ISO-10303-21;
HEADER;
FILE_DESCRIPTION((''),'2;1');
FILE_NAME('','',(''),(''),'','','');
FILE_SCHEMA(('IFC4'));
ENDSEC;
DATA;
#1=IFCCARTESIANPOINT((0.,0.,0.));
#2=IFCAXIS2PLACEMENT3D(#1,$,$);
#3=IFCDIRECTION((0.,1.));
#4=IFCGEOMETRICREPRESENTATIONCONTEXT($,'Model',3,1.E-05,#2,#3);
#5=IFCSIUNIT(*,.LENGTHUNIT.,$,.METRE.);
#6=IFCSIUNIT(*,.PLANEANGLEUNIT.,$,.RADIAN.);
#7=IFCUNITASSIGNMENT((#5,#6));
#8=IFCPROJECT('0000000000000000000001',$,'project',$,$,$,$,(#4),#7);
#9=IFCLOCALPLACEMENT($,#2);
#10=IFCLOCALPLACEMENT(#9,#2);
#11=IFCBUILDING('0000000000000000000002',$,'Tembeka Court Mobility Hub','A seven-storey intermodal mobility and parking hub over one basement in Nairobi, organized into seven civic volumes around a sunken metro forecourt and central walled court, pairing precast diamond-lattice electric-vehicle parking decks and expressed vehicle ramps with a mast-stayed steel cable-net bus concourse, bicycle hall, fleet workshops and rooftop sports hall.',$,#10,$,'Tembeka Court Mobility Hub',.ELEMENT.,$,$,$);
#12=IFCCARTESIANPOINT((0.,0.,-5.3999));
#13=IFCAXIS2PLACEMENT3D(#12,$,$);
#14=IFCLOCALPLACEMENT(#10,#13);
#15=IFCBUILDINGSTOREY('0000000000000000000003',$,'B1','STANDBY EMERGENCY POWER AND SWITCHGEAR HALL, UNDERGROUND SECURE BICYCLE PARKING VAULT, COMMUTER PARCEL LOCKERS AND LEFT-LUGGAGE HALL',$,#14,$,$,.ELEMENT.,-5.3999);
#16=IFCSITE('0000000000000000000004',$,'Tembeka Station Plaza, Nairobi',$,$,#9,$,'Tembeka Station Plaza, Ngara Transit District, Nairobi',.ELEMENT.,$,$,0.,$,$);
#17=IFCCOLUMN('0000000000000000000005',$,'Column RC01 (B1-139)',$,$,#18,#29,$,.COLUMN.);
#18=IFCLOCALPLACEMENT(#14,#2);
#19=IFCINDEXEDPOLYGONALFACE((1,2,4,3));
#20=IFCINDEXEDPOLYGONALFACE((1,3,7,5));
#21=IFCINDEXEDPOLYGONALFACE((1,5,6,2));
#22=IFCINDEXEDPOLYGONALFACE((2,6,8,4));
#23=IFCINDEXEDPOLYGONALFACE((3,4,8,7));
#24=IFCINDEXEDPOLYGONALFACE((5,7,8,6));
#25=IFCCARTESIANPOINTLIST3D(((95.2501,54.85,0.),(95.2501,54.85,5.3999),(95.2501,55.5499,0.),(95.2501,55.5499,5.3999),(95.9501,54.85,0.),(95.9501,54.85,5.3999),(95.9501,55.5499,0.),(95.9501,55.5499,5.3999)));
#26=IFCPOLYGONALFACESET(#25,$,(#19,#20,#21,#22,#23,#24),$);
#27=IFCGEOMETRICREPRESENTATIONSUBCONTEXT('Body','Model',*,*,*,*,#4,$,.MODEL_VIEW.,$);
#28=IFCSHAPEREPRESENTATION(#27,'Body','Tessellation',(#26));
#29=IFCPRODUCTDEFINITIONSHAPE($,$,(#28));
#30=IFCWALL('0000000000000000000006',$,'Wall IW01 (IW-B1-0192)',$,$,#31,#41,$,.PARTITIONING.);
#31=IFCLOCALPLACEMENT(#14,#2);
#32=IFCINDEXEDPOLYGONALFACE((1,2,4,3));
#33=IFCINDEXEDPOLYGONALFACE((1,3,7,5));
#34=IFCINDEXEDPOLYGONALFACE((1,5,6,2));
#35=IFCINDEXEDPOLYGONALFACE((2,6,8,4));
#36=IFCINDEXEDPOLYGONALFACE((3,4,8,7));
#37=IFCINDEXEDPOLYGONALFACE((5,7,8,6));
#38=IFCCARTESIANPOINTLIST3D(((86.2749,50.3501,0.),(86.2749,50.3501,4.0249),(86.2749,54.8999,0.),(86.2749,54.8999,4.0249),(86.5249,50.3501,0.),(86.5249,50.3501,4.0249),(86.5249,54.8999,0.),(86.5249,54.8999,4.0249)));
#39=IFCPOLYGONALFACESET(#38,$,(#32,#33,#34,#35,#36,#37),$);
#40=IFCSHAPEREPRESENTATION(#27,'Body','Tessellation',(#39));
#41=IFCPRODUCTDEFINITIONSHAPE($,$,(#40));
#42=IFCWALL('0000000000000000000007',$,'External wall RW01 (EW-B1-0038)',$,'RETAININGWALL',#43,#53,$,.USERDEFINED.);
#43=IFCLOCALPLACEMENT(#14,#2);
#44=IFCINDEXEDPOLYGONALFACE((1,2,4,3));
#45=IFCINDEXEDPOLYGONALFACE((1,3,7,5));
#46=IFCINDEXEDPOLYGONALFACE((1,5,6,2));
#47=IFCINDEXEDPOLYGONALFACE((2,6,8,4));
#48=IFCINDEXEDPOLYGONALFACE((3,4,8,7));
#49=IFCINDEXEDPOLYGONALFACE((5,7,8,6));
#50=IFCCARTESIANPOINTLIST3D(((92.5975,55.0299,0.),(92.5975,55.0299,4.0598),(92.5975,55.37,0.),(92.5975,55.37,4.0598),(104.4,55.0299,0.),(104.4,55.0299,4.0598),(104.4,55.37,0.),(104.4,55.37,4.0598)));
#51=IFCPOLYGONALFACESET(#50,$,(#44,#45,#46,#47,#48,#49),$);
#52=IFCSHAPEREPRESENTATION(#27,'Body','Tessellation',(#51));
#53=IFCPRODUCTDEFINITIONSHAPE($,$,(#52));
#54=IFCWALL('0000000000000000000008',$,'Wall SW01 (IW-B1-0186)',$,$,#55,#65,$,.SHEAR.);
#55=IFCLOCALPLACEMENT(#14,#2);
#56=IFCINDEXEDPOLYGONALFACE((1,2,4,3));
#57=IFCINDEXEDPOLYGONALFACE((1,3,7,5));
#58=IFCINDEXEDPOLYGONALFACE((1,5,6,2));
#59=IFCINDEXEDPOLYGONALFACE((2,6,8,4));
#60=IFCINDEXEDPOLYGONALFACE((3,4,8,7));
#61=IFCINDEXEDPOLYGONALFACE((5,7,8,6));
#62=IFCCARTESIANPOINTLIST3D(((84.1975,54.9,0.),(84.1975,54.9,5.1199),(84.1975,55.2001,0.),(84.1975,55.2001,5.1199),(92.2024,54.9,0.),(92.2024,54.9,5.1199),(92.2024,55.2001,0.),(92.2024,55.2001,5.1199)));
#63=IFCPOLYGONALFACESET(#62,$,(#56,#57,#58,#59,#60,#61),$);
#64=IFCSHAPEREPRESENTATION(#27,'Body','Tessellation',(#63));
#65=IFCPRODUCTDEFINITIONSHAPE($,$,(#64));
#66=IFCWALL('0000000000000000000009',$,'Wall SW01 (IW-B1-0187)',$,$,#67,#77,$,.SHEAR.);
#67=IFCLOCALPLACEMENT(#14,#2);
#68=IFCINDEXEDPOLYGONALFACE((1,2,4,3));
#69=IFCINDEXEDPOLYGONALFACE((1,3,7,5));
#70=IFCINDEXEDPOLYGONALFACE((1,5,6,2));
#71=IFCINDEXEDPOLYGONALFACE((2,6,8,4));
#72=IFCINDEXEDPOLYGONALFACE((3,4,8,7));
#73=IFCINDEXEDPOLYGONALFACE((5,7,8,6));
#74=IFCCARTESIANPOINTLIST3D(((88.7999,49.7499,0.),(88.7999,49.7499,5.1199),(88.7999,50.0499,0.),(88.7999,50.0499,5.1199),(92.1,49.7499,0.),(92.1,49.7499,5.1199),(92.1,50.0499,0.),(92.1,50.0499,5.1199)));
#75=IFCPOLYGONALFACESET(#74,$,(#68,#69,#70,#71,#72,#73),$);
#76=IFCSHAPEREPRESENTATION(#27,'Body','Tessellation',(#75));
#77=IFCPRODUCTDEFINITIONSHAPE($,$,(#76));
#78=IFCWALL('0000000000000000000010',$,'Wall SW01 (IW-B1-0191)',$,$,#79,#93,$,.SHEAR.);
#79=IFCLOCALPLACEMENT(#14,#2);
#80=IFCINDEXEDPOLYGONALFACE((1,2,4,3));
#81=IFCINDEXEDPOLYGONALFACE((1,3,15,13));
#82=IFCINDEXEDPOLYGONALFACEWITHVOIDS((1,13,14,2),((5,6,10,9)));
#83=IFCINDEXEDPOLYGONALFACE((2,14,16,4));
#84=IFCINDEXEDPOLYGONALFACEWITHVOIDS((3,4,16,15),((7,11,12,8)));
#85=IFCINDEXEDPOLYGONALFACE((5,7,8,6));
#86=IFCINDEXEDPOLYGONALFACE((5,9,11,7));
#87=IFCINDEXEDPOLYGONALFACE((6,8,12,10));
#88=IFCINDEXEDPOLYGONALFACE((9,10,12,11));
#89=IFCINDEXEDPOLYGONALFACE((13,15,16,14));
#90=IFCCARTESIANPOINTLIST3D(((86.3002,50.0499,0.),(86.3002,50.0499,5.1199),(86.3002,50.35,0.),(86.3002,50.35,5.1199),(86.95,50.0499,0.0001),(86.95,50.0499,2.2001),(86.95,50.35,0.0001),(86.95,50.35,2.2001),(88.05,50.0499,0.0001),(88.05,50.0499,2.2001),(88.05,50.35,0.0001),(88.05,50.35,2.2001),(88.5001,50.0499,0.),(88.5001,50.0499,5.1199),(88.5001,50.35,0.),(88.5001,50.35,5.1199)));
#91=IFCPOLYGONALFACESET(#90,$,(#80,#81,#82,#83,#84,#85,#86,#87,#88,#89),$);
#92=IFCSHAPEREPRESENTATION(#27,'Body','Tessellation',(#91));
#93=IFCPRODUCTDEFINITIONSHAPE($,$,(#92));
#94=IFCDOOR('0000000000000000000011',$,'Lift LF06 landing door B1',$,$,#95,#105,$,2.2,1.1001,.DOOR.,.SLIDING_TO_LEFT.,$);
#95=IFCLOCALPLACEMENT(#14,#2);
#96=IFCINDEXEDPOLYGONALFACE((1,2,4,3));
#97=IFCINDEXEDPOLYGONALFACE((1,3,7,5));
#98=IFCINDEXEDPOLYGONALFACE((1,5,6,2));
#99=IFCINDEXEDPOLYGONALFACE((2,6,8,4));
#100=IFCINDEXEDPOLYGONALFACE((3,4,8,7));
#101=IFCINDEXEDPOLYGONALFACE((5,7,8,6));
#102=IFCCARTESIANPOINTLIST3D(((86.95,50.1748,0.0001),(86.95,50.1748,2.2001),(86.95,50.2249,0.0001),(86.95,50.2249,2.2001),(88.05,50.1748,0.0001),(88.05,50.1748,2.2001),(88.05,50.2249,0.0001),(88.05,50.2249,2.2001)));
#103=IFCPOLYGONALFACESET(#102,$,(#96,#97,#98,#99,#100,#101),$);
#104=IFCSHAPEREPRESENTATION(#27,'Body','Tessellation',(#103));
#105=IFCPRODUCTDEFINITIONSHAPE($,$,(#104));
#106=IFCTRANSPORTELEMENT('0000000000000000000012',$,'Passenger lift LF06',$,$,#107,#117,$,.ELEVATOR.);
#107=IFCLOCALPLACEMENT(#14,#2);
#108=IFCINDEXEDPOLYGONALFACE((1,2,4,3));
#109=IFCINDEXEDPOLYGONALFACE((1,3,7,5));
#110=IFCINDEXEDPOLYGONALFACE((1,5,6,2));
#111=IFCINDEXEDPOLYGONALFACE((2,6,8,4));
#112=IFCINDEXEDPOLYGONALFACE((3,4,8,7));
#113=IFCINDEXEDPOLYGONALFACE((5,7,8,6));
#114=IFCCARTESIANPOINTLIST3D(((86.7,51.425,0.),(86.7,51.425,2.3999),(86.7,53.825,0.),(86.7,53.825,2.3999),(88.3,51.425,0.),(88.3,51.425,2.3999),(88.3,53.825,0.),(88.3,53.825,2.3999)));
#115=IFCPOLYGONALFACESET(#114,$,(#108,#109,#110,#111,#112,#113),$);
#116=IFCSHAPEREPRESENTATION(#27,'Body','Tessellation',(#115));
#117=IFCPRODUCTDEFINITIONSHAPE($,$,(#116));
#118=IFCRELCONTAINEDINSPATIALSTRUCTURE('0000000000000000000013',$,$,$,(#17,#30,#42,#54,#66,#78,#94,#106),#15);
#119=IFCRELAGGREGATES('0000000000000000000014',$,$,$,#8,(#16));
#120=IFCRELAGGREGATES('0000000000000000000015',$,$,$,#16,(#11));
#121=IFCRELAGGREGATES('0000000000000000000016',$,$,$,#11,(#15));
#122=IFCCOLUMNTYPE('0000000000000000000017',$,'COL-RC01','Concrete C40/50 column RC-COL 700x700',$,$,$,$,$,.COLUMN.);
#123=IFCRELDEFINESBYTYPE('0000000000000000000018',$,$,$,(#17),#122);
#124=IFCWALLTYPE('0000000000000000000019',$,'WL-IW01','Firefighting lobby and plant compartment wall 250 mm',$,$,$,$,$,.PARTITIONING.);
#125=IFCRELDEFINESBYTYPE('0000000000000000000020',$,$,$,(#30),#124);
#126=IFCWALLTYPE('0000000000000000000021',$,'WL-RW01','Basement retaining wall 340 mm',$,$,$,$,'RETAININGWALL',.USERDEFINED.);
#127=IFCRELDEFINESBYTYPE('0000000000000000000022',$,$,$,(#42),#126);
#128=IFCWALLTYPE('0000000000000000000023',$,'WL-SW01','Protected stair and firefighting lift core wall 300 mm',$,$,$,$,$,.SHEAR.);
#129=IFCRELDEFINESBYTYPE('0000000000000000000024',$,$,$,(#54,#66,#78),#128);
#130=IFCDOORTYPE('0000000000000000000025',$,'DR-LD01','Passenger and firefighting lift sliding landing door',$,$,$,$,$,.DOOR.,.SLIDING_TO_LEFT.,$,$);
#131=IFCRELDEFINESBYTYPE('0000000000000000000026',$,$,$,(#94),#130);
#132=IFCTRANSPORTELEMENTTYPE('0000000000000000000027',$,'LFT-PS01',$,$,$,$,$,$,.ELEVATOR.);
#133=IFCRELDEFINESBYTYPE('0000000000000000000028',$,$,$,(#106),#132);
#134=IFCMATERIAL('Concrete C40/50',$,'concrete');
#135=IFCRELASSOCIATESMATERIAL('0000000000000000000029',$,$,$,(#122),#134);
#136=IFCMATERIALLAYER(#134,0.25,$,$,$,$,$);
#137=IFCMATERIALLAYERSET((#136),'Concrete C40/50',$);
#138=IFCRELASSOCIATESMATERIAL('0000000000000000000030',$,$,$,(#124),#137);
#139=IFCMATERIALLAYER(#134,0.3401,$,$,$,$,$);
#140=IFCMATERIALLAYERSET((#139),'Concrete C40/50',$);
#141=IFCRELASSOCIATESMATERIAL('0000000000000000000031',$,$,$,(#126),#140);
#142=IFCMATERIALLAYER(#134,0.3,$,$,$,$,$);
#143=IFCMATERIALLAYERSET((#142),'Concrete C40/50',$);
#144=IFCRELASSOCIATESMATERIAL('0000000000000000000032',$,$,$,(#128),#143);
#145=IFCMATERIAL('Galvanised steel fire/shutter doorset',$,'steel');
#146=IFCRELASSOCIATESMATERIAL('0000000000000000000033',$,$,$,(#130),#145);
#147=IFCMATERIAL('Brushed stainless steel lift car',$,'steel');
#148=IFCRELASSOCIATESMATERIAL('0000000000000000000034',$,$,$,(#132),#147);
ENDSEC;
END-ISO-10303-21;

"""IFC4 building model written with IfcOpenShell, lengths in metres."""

from ifc_helpers import new_model, si_unit, direction, frame, frame_2d, origin, origin_2d, place, context, subcontext, project, spatial, rectangle, extrude, material, layer, layer_set, material_profile, profile_set, type_object, element, fill, save


model = new_model("IFC4")

# Units and contexts
model_context = context("Model", 3, precision=1e-05, world=origin(), true_north=direction((0.0, 1.0)))
body_context = subcontext(model_context, "Body", "Model", "MODEL_VIEW")
ifc_project = project(units=[si_unit("LENGTHUNIT", "METRE"), si_unit("PLANEANGLEUNIT", "RADIAN")], contexts=[model_context])

# Site, building, storey
site_placement = place(None, origin())
site = spatial("IfcSite", under=ifc_project, at=site_placement, Name="Tembeka Station Plaza, Nairobi", LongName="Tembeka Station Plaza, Ngara Transit District, Nairobi", CompositionType="ELEMENT", RefElevation=0.0)
building_placement = place(site_placement, origin())
building = spatial("IfcBuilding", under=site, at=building_placement, Name="Tembeka Court Mobility Hub", Description="A seven-storey intermodal mobility and parking hub over one basement in Nairobi, organized into seven civic volumes around a sunken metro forecourt and central walled court, pairing precast diamond-lattice electric-vehicle parking decks and expressed vehicle ramps with a mast-stayed steel cable-net bus concourse, bicycle hall, fleet workshops and rooftop sports hall.", LongName="Tembeka Court Mobility Hub", CompositionType="ELEMENT")
storey_placement = place(building_placement, frame((0.0, 0.0, -5.3999)))
storey = spatial("IfcBuildingStorey", under=building, at=storey_placement, Name="B1", Description="STANDBY EMERGENCY POWER AND SWITCHGEAR HALL, UNDERGROUND SECURE BICYCLE PARKING VAULT, COMMUTER PARCEL LOCKERS AND LEFT-LUGGAGE HALL", CompositionType="ELEMENT", Elevation=-5.3999)

# Shared definitions
ifc_material_1 = material(Name="Concrete C40/50", Category="concrete")

# Column
ifc_material_profile_1 = material_profile(ifc_material_1, rectangle(XDim=0.7, YDim=0.7, at=origin_2d()), Name="RC-COL 700x700")
ifc_profile_set_1 = profile_set([ifc_material_profile_1], Name="Concrete C40/50")
column_type_1 = type_object("IfcColumnType", Name="COL-RC01", Description="Concrete C40/50 column RC-COL 700x700", PredefinedType="COLUMN", material=ifc_profile_set_1)
for number, where, z_axis, x_axis, name in (
    (1, (95.6001, 55.2, 0.0), (0.0, 0.0, 1.0), (1.0, 0.0, 0.0), "Column RC01 (B1-139)"),
):
    element("IfcColumn", number, at=place(storey_placement, frame(where, z_axis=z_axis, x_axis=x_axis)), inside=storey, type_object=column_type_1, Name=name, PredefinedType="COLUMN", context=body_context, shape_type="SweptSolid", body=[
        extrude(rectangle(XDim=0.7, YDim=0.7, at=origin_2d()), origin(), (0.0, 0.0, 1.0), 5.3999),
    ])

# Walls
ifc_layer_1 = layer(ifc_material_1, 0.25)
ifc_layer_set_1 = layer_set([ifc_layer_1], Name="Concrete C40/50")
wall_type_1 = type_object("IfcWallType", Name="WL-IW01", Description="Firefighting lobby and plant compartment wall 250 mm", PredefinedType="PARTITIONING", material=ifc_layer_set_1)
wall_1_placement = place(storey_placement, frame((86.3999, 50.3501, 0.0), z_axis=(0.0, 0.0, 1.0), x_axis=(0.0, 1.0, 0.0)))
element("IfcWall", 2, at=wall_1_placement, inside=storey, type_object=wall_type_1, Name="Wall IW01 (IW-B1-0192)", PredefinedType="PARTITIONING", context=body_context, shape_type="SweptSolid", body=[
    extrude(rectangle(XDim=4.5498, YDim=0.25, at=frame_2d((2.2749, 0.0))), origin(), (0.0, 0.0, 1.0), 4.0249),
])
ifc_layer_2 = layer(ifc_material_1, 0.3401)
ifc_layer_set_2 = layer_set([ifc_layer_2], Name="Concrete C40/50")
wall_type_2 = type_object("IfcWallType", Name="WL-RW01", Description="Basement retaining wall 340 mm", ElementType="RETAININGWALL", PredefinedType="USERDEFINED", material=ifc_layer_set_2)
wall_2_placement = place(storey_placement, frame((92.5974, 55.2, 0.0), z_axis=(0.0, 0.0, 1.0), x_axis=(1.0, 0.0, 0.0)))
element("IfcWall", 3, at=wall_2_placement, inside=storey, type_object=wall_type_2, Name="External wall RW01 (EW-B1-0038)", ObjectType="RETAININGWALL", PredefinedType="USERDEFINED", context=body_context, shape_type="SweptSolid", body=[
    extrude(rectangle(XDim=11.8025, YDim=0.3401, at=frame_2d((5.9014, 0.0))), origin(), (0.0, 0.0, 1.0), 4.0598),
])
ifc_layer_3 = layer(ifc_material_1, 0.3)
ifc_layer_set_3 = layer_set([ifc_layer_3], Name="Concrete C40/50")
wall_type_3 = type_object("IfcWallType", Name="WL-SW01", Description="Protected stair and firefighting lift core wall 300 mm", PredefinedType="SHEAR", material=ifc_layer_set_3)
wall_3_placement = place(storey_placement, frame((84.1975, 55.05, 0.0), z_axis=(0.0, 0.0, 1.0), x_axis=(1.0, 0.0, 0.0)))
element("IfcWall", 4, at=wall_3_placement, inside=storey, type_object=wall_type_3, Name="Wall SW01 (IW-B1-0186)", PredefinedType="SHEAR", context=body_context, shape_type="SweptSolid", body=[
    extrude(rectangle(XDim=8.0049, YDim=0.3, at=frame_2d((4.0024, 0.0))), origin(), (0.0, 0.0, 1.0), 5.1199),
])
wall_4_placement = place(storey_placement, frame((88.8, 49.8999, 0.0), z_axis=(0.0, 0.0, 1.0), x_axis=(1.0, 0.0, 0.0)))
element("IfcWall", 5, at=wall_4_placement, inside=storey, type_object=wall_type_3, Name="Wall SW01 (IW-B1-0187)", PredefinedType="SHEAR", context=body_context, shape_type="SweptSolid", body=[
    extrude(rectangle(XDim=3.3, YDim=0.3, at=frame_2d((1.6499, 0.0))), origin(), (0.0, 0.0, 1.0), 5.1199),
])

# Wall, opening, door
wall_5_placement = place(storey_placement, frame((86.3, 50.2, 0.0), z_axis=(0.0, 0.0, 1.0), x_axis=(1.0, 0.0, 0.0)))
wall_5 = element("IfcWall", 6, at=wall_5_placement, inside=storey, type_object=wall_type_3, Name="Wall SW01 (IW-B1-0191)", PredefinedType="SHEAR", context=body_context, shape_type="SweptSolid", body=[
    extrude(rectangle(XDim=2.2, YDim=0.3, at=frame_2d((1.1001, 0.0))), origin(), (0.0, 0.0, 1.0), 5.1199),
])
opening_placement = place(wall_5_placement, frame((0.6499, 0.0, 0.0)))
opening = element("IfcOpeningElement", 7, at=opening_placement, cuts=wall_5, PredefinedType="OPENING", context=body_context, shape_type="SweptSolid", body=[
    extrude(rectangle(XDim=1.1001, YDim=2.2, at=frame_2d((0.55, 1.1001))), frame((0.0, 0.1602, 0.0), z_axis=(0.0, -1.0, 0.0), x_axis=(1.0, 0.0, 0.0)), (0.0, 0.0, 1.0), 0.3201),
])
ifc_material_2 = material(Name="Galvanised steel fire/shutter doorset", Category="steel")
door_type = type_object("IfcDoorType", Name="DR-LD01", Description="Passenger and firefighting lift sliding landing door", OperationType="SLIDING_TO_LEFT", PredefinedType="DOOR", material=ifc_material_2)
door_placement = place(opening_placement, origin())
door = element("IfcDoor", 8, at=door_placement, inside=storey, type_object=door_type, Name="Lift LF06 landing door B1", OperationType="SLIDING_TO_LEFT", OverallHeight=2.2, OverallWidth=1.1001, PredefinedType="DOOR", context=body_context, shape_type="SweptSolid", body=[
    extrude(rectangle(XDim=1.1001, YDim=2.2, at=frame_2d((0.55, 1.1001))), frame((0.0, 0.0249, 0.0), z_axis=(0.0, -1.0, 0.0), x_axis=(1.0, 0.0, 0.0)), (0.0, 0.0, 1.0), 0.05),
])
fill(opening, door)

# Transport element
ifc_material_3 = material(Name="Brushed stainless steel lift car", Category="steel")
transport_element_type = type_object("IfcTransportElementType", Name="LFT-PS01", PredefinedType="ELEVATOR", material=ifc_material_3)
transport_element_placement = place(storey_placement, frame((87.5, 52.625, 0.0), z_axis=(0.0, 0.0, 1.0), x_axis=(1.0, 0.0, 0.0)))
element("IfcTransportElement", 9, at=transport_element_placement, inside=storey, type_object=transport_element_type, Name="Passenger lift LF06", PredefinedType="ELEVATOR", context=body_context, shape_type="SweptSolid", body=[
    extrude(rectangle(XDim=1.6001, YDim=2.3999, at=origin_2d()), origin(), (0.0, 0.0, 1.0), 2.3999),
])

save(model, "model.ifc")
